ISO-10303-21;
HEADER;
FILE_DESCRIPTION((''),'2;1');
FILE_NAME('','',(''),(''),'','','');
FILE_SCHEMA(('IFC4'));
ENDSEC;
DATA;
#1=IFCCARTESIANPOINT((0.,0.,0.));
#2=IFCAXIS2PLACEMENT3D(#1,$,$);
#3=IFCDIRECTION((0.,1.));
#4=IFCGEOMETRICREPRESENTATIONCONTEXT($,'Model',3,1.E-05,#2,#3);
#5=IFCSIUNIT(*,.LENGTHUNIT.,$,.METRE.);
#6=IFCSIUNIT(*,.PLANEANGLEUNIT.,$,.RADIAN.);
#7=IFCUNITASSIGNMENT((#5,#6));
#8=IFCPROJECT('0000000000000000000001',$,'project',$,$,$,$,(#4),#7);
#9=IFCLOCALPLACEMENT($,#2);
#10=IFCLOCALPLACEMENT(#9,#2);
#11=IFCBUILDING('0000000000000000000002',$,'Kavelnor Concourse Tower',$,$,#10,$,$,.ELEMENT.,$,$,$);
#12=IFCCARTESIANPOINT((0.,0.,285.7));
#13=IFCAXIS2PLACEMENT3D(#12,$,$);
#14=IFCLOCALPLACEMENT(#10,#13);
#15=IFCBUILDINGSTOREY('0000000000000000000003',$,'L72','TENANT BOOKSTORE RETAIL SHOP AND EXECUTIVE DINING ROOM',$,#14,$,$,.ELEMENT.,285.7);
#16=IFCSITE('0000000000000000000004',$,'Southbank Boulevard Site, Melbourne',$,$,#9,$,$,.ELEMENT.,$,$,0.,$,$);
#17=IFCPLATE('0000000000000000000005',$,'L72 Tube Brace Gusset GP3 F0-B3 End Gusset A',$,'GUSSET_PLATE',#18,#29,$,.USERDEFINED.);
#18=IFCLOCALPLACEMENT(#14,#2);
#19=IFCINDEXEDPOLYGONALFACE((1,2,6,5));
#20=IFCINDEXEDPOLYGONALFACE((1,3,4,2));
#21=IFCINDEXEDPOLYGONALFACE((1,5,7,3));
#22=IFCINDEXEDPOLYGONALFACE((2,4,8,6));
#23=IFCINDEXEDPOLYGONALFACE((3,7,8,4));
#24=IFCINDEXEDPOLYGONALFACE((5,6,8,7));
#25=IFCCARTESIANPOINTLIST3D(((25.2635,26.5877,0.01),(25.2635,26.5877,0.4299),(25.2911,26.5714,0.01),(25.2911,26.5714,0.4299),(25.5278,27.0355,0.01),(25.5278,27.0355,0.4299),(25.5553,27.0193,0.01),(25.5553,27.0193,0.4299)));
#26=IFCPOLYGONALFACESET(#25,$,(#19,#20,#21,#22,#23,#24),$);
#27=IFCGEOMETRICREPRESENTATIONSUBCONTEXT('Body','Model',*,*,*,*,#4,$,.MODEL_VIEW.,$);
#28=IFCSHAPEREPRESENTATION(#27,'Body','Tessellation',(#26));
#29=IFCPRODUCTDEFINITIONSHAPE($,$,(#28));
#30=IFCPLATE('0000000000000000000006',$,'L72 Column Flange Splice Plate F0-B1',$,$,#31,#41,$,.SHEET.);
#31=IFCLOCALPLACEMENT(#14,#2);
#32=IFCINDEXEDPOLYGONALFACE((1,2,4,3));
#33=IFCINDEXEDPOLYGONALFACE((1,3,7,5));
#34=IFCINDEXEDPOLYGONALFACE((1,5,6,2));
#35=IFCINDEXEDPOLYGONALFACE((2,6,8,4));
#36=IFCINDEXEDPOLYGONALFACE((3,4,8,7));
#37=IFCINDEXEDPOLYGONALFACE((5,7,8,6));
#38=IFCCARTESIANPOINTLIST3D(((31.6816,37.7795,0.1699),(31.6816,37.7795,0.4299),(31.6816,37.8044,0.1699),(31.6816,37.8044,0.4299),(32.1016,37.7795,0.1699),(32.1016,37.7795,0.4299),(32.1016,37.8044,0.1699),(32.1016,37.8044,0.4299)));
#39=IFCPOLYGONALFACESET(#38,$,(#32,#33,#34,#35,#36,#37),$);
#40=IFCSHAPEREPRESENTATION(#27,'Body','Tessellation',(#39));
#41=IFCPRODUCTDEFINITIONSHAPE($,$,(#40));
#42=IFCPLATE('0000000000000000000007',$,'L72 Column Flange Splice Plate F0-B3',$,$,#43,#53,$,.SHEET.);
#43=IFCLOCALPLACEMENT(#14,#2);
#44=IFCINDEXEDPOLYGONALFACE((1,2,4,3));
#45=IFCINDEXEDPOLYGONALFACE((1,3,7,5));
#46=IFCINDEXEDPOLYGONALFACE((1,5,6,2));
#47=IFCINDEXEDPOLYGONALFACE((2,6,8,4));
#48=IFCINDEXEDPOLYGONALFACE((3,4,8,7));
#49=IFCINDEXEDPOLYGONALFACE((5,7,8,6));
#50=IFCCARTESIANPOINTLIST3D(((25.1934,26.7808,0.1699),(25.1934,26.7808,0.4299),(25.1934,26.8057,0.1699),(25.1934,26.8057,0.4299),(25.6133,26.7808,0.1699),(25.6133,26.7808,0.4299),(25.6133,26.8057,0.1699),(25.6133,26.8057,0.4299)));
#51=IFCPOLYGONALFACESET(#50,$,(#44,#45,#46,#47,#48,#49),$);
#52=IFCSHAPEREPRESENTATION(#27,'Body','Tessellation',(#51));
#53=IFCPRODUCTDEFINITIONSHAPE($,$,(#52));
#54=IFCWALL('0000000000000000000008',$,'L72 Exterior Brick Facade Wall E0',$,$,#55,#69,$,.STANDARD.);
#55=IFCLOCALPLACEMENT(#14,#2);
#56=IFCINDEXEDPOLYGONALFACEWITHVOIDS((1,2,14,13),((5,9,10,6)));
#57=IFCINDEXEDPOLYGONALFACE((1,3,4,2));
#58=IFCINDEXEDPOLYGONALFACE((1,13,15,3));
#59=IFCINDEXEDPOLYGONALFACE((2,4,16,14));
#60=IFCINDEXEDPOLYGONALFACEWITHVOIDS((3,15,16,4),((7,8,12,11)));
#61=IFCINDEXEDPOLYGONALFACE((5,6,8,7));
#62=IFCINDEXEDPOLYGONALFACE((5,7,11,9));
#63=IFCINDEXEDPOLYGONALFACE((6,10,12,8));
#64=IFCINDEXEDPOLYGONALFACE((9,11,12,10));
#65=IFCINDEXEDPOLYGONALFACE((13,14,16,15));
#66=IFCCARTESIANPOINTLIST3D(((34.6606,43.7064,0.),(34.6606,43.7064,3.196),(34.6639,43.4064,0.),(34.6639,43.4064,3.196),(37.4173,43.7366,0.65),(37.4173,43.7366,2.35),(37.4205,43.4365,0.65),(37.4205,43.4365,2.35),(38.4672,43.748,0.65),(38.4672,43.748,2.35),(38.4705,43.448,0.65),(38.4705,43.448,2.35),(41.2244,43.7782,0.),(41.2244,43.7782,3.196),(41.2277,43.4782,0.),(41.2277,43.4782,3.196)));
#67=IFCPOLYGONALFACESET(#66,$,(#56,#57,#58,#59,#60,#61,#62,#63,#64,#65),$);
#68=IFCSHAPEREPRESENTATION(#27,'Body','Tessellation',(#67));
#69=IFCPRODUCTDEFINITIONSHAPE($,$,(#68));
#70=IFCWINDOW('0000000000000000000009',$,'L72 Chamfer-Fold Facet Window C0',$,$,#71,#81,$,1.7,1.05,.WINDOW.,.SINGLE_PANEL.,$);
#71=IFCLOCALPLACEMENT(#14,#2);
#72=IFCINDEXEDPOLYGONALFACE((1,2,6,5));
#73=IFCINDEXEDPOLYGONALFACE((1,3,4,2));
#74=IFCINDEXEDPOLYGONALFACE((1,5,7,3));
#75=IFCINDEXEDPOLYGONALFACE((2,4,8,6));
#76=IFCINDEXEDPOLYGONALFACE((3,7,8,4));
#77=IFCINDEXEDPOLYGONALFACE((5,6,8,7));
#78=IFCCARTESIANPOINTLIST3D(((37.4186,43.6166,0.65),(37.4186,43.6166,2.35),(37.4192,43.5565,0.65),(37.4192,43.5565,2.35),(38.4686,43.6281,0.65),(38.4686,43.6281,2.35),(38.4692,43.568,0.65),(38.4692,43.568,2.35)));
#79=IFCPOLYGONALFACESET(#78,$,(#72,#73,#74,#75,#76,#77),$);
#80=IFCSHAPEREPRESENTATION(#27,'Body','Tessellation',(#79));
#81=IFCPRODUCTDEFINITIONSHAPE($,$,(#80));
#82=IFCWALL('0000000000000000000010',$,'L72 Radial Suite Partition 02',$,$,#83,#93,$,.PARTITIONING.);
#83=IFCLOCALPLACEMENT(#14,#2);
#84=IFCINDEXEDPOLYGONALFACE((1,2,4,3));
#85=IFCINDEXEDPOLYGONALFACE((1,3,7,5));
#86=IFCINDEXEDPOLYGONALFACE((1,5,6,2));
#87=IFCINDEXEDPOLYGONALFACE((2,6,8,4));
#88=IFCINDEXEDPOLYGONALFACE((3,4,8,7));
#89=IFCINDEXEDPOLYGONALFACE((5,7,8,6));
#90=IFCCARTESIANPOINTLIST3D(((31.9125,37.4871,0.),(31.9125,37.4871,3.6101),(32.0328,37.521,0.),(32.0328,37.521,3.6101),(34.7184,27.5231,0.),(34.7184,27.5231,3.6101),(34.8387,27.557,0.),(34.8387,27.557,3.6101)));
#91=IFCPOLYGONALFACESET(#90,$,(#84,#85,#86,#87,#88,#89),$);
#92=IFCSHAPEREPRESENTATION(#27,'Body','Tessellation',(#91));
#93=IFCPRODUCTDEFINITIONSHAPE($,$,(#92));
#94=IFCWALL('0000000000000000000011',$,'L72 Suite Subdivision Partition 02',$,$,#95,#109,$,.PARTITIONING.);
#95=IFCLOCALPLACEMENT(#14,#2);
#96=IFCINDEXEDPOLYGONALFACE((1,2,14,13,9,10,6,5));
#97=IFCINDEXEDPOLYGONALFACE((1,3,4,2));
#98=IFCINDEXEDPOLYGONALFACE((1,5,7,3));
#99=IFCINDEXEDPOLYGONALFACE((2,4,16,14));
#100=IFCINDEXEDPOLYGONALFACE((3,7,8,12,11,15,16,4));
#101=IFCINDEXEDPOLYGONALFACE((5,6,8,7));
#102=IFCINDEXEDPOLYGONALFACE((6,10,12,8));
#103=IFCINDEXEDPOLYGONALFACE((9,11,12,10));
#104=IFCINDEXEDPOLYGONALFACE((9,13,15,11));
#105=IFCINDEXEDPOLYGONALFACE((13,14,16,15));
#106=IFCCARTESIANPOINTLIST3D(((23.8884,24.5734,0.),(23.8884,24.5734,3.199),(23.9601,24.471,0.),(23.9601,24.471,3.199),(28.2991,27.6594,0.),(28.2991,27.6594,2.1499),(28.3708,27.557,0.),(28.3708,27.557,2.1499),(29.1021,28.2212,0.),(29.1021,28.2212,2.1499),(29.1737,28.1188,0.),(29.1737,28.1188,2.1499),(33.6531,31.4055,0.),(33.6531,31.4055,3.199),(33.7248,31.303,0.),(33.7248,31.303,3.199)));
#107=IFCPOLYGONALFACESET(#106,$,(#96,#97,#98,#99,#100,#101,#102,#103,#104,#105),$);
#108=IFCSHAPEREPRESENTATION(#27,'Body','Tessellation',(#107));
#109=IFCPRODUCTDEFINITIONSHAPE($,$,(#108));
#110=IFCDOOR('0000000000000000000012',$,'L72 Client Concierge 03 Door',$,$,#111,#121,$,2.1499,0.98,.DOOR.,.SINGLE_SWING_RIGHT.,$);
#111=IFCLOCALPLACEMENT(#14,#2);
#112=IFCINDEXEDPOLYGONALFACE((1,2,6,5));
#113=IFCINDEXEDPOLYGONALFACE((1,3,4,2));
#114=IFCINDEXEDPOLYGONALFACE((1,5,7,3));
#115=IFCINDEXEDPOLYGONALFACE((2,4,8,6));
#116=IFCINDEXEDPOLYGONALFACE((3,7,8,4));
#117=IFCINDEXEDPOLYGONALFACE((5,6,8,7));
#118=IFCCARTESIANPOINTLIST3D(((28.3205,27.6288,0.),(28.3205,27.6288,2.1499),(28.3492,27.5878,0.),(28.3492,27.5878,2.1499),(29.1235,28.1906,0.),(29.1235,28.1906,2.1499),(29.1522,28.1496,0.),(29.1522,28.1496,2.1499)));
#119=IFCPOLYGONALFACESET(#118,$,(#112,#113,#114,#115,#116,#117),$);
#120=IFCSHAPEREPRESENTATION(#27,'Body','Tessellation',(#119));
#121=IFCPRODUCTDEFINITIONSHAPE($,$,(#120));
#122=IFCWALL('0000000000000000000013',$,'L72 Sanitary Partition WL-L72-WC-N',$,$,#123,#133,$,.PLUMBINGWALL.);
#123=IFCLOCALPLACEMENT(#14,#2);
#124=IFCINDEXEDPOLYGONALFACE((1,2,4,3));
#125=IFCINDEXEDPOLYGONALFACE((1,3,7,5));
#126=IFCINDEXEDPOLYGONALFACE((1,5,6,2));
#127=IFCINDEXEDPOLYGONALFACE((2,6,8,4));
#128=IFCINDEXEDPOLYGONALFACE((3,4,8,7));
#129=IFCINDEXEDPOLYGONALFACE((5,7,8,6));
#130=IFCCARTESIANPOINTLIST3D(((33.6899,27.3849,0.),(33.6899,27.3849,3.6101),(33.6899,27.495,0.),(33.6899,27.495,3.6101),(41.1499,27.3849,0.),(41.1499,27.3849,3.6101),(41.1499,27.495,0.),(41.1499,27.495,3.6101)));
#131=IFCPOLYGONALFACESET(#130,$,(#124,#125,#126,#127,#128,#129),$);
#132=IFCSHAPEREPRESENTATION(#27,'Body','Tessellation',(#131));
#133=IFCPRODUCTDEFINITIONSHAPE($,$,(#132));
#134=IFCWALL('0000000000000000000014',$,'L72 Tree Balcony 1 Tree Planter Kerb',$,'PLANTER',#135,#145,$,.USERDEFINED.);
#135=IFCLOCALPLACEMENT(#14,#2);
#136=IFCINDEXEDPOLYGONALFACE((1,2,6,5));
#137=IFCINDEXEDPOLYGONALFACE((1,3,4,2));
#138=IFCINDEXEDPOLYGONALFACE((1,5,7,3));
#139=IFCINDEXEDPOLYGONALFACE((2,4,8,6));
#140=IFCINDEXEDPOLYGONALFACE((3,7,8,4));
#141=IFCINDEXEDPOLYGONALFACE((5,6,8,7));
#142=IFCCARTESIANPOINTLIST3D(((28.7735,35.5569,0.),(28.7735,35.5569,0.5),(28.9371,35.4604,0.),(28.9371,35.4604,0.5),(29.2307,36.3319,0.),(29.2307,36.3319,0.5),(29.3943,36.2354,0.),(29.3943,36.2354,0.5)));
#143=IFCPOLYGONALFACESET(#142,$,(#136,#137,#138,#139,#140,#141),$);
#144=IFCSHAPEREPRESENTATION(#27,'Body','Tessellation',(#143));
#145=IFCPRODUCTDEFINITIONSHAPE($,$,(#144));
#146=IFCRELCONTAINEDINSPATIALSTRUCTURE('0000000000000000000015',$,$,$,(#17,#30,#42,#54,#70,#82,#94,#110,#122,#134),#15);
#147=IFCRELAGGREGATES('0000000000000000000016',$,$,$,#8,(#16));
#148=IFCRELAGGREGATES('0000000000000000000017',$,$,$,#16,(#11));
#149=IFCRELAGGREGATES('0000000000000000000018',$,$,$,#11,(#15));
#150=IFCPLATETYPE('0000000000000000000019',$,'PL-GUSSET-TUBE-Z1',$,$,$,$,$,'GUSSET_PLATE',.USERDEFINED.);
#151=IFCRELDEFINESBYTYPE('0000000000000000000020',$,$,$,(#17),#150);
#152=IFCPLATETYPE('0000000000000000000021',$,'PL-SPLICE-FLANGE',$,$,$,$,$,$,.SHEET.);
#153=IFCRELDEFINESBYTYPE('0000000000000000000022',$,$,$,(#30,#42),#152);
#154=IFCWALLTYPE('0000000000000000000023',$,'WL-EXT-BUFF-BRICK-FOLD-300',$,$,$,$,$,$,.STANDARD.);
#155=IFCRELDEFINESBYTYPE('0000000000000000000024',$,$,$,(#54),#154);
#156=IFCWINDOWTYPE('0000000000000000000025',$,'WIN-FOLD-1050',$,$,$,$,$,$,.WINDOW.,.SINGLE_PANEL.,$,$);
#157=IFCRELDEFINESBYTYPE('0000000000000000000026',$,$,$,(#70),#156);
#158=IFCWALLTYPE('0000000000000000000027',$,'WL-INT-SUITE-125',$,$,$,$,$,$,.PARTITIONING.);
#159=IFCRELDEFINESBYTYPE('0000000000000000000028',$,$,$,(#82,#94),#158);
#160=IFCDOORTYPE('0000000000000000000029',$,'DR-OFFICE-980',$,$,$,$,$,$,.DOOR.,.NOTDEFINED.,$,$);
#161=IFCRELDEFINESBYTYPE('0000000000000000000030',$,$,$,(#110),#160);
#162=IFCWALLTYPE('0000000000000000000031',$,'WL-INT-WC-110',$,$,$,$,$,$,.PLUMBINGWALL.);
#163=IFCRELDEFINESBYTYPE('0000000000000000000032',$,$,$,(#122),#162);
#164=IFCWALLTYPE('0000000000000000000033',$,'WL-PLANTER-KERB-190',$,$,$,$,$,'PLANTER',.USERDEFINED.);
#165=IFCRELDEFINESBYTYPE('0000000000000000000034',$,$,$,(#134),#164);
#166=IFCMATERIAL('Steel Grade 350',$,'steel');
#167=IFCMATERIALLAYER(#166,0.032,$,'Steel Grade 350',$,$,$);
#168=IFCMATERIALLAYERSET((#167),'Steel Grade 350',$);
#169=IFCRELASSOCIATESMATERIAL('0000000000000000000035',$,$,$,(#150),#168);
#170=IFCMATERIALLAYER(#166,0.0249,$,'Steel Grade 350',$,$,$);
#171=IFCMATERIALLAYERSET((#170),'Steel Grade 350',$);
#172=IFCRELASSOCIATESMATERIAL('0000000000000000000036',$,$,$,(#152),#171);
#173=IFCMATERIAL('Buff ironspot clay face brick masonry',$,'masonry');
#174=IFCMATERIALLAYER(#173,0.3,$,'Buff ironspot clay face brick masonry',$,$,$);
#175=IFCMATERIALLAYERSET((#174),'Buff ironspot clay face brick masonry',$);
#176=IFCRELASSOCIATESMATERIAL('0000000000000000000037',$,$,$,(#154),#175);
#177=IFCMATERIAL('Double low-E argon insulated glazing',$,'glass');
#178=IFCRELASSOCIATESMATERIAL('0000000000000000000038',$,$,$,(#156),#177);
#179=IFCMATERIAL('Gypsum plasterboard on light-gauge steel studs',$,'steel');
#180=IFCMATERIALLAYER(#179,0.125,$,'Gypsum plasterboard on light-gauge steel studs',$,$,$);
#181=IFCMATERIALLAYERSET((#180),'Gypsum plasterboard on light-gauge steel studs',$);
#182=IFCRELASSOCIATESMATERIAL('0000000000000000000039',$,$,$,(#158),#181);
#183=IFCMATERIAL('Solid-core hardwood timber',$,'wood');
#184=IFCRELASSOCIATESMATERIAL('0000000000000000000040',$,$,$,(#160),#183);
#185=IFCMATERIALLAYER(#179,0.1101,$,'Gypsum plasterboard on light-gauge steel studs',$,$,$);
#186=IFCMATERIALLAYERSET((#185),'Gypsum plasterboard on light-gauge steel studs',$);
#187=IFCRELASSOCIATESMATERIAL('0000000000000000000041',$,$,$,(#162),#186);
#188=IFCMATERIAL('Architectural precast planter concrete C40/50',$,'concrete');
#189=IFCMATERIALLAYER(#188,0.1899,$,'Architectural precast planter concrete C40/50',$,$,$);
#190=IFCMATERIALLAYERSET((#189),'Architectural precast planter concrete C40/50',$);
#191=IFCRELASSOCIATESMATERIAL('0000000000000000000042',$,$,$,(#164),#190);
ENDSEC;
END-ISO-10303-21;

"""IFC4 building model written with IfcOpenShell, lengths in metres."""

from ifc_helpers import new_model, si_unit, direction, frame, frame_2d, origin, origin_2d, place, context, subcontext, project, spatial, rectangle, extrude, material, layer, layer_set, type_object, element, fill, save


model = new_model("IFC4")

# Units and contexts
model_context = context("Model", 3, precision=1e-05, world=origin(), true_north=direction((0.0, 1.0)))
body_context = subcontext(model_context, "Body", "Model", "MODEL_VIEW")
ifc_project = project(units=[si_unit("LENGTHUNIT", "METRE"), si_unit("PLANEANGLEUNIT", "RADIAN")], contexts=[model_context])

# Site, building, storey
site_placement = place(None, origin())
site = spatial("IfcSite", under=ifc_project, at=site_placement, Name="Southbank Boulevard Site, Melbourne", CompositionType="ELEMENT", RefElevation=0.0)
building_placement = place(site_placement, origin())
building = spatial("IfcBuilding", under=site, at=building_placement, Name="Kavelnor Concourse Tower", CompositionType="ELEMENT")
storey_placement = place(building_placement, frame((0.0, 0.0, 285.7)))
storey = spatial("IfcBuildingStorey", under=building, at=storey_placement, Name="L72", Description="TENANT BOOKSTORE RETAIL SHOP AND EXECUTIVE DINING ROOM", CompositionType="ELEMENT", Elevation=285.7)

# Shared definitions
ifc_material_1 = material(Name="Steel Grade 350", Category="steel")

# Plates
ifc_layer_1 = layer(ifc_material_1, 0.032, Name="Steel Grade 350")
ifc_layer_set_1 = layer_set([ifc_layer_1], Name="Steel Grade 350")
plate_type_1 = type_object("IfcPlateType", Name="PL-GUSSET-TUBE-Z1", ElementType="GUSSET_PLATE", PredefinedType="USERDEFINED", material=ifc_layer_set_1)
plate_placement = place(storey_placement, frame((25.4094, 26.8035, 0.01), z_axis=(0.0, 0.0, 1.0), x_axis=(-0.50814, -0.861275, 0.0)))
element("IfcPlate", 1, at=plate_placement, inside=storey, type_object=plate_type_1, Name="L72 Tube Brace Gusset GP3 F0-B3 End Gusset A", ObjectType="GUSSET_PLATE", PredefinedType="USERDEFINED", context=body_context, shape_type="SweptSolid", body=[
    extrude(rectangle(XDim=0.52, YDim=0.032, at=origin_2d()), origin(), (0.0, 0.0, 1.0), 0.4199),
])
ifc_layer_2 = layer(ifc_material_1, 0.0249, Name="Steel Grade 350")
ifc_layer_set_2 = layer_set([ifc_layer_2], Name="Steel Grade 350")
plate_type_2 = type_object("IfcPlateType", Name="PL-SPLICE-FLANGE", PredefinedType="SHEET", material=ifc_layer_set_2)
for number, where, z_axis, x_axis, name in (
    (2, (31.8916, 37.792, 0.1699), (0.0, 0.0, 1.0), (1.0, 0.0, 0.0), "L72 Column Flange Splice Plate F0-B1"),
    (3, (25.4033, 26.7932, 0.1699), (0.0, 0.0, 1.0), (1.0, 0.0, 0.0), "L72 Column Flange Splice Plate F0-B3"),
):
    element("IfcPlate", number, at=place(storey_placement, frame(where, z_axis=z_axis, x_axis=x_axis)), inside=storey, type_object=plate_type_2, Name=name, PredefinedType="SHEET", context=body_context, shape_type="SweptSolid", body=[
        extrude(rectangle(XDim=0.4199, YDim=0.0249, at=origin_2d()), origin(), (0.0, 0.0, 1.0), 0.26),
    ])

# Wall, opening, window
ifc_material_2 = material(Name="Buff ironspot clay face brick masonry", Category="masonry")
ifc_layer_3 = layer(ifc_material_2, 0.3, Name="Buff ironspot clay face brick masonry")
ifc_layer_set_3 = layer_set([ifc_layer_3], Name="Buff ironspot clay face brick masonry")
wall_type_1 = type_object("IfcWallType", Name="WL-EXT-BUFF-BRICK-FOLD-300", PredefinedType="STANDARD", material=ifc_layer_set_3)
wall_1_placement = place(storey_placement, frame((34.6621, 43.5564, 0.0), z_axis=(0.0, 0.0, 1.0), x_axis=(0.99994, 0.010935, 0.0)))
wall_1 = element("IfcWall", 4, at=wall_1_placement, inside=storey, type_object=wall_type_1, Name="L72 Exterior Brick Facade Wall E0", PredefinedType="STANDARD", context=body_context, shape_type="SweptSolid", body=[
    extrude(rectangle(XDim=6.5642, YDim=0.3, at=frame_2d((3.2822, 0.0))), origin(), (0.0, 0.0, 1.0), 3.196),
])
opening_1_placement = place(wall_1_placement, frame((2.7571, 0.0, 0.6499)))
opening_1 = element("IfcOpeningElement", 5, at=opening_1_placement, cuts=wall_1, PredefinedType="OPENING", context=body_context, shape_type="SweptSolid", body=[
    extrude(rectangle(XDim=1.05, YDim=1.7, at=frame_2d((0.5249, 0.8501))), frame((0.0, 0.1602, 0.0), z_axis=(0.0, -1.0, 0.0), x_axis=(1.0, 0.0, 0.0)), (0.0, 0.0, 1.0), 0.3201),
])
ifc_material_3 = material(Name="Double low-E argon insulated glazing", Category="glass")
window_type = type_object("IfcWindowType", Name="WIN-FOLD-1050", PartitioningType="SINGLE_PANEL", PredefinedType="WINDOW", material=ifc_material_3)
window_placement = place(opening_1_placement, origin())
window = element("IfcWindow", 6, at=window_placement, inside=storey, type_object=window_type, Name="L72 Chamfer-Fold Facet Window C0", OverallHeight=1.7, OverallWidth=1.05, PartitioningType="SINGLE_PANEL", PredefinedType="WINDOW", context=body_context, shape_type="SweptSolid", body=[
    extrude(rectangle(XDim=1.05, YDim=1.7, at=frame_2d((0.5249, 0.8501))), frame((0.0, 0.03, 0.0), z_axis=(0.0, -1.0, 0.0), x_axis=(1.0, 0.0, 0.0)), (0.0, 0.0, 1.0), 0.0601),
])
fill(opening_1, window)

# Wall
ifc_material_4 = material(Name="Gypsum plasterboard on light-gauge steel studs", Category="steel")
ifc_layer_4 = layer(ifc_material_4, 0.125, Name="Gypsum plasterboard on light-gauge steel studs")
ifc_layer_set_4 = layer_set([ifc_layer_4], Name="Gypsum plasterboard on light-gauge steel studs")
wall_type_2 = type_object("IfcWallType", Name="WL-INT-SUITE-125", PredefinedType="PARTITIONING", material=ifc_layer_set_4)
wall_2_placement = place(storey_placement, frame((34.7786, 27.54, 0.0), z_axis=(0.0, 0.0, 1.0), x_axis=(-0.271059, 0.962563, 0.0)))
element("IfcWall", 7, at=wall_2_placement, inside=storey, type_object=wall_type_2, Name="L72 Radial Suite Partition 02", PredefinedType="PARTITIONING", context=body_context, shape_type="SweptSolid", body=[
    extrude(rectangle(XDim=10.3516, YDim=0.125, at=frame_2d((5.1758, 0.0))), origin(), (0.0, 0.0, 1.0), 3.6101),
])

# Wall, opening, door
wall_3_placement = place(storey_placement, frame((33.689, 31.3542, 0.0), z_axis=(0.0, 0.0, 1.0), x_axis=(-0.819359, -0.573281, 0.0)))
wall_3 = element("IfcWall", 8, at=wall_3_placement, inside=storey, type_object=wall_type_2, Name="L72 Suite Subdivision Partition 02", PredefinedType="PARTITIONING", context=body_context, shape_type="SweptSolid", body=[
    extrude(rectangle(XDim=11.9175, YDim=0.125, at=frame_2d((5.9587, 0.0))), origin(), (0.0, 0.0, 1.0), 3.199),
])
opening_2_placement = place(wall_3_placement, frame((5.5544, 0.0, 0.0)))
opening_2 = element("IfcOpeningElement", 9, at=opening_2_placement, cuts=wall_3, PredefinedType="OPENING", context=body_context, shape_type="SweptSolid", body=[
    extrude(rectangle(XDim=0.98, YDim=2.1499, at=frame_2d((0.49, 1.075))), frame((0.0, 0.0725, 0.0), z_axis=(0.0, -1.0, 0.0), x_axis=(1.0, 0.0, 0.0)), (0.0, 0.0, 1.0), 0.145),
])
ifc_material_5 = material(Name="Solid-core hardwood timber", Category="wood")
door_type = type_object("IfcDoorType", Name="DR-OFFICE-980", OperationType="NOTDEFINED", PredefinedType="DOOR", material=ifc_material_5)
door_placement = place(opening_2_placement, origin())
door = element("IfcDoor", 10, at=door_placement, inside=storey, type_object=door_type, Name="L72 Client Concierge 03 Door", OperationType="SINGLE_SWING_RIGHT", OverallHeight=2.1499, OverallWidth=0.98, PredefinedType="DOOR", context=body_context, shape_type="SweptSolid", body=[
    extrude(rectangle(XDim=0.98, YDim=2.1499, at=frame_2d((0.49, 1.075))), frame((0.0, 0.0249, 0.0), z_axis=(0.0, -1.0, 0.0), x_axis=(1.0, 0.0, 0.0)), (0.0, 0.0, 1.0), 0.05),
])
fill(opening_2, door)

# Walls
ifc_layer_5 = layer(ifc_material_4, 0.1101, Name="Gypsum plasterboard on light-gauge steel studs")
ifc_layer_set_5 = layer_set([ifc_layer_5], Name="Gypsum plasterboard on light-gauge steel studs")
wall_type_3 = type_object("IfcWallType", Name="WL-INT-WC-110", PredefinedType="PLUMBINGWALL", material=ifc_layer_set_5)
wall_4_placement = place(storey_placement, frame((33.6899, 27.4399, 0.0), z_axis=(0.0, 0.0, 1.0), x_axis=(1.0, 0.0, 0.0)))
element("IfcWall", 11, at=wall_4_placement, inside=storey, type_object=wall_type_3, Name="L72 Sanitary Partition WL-L72-WC-N", PredefinedType="PLUMBINGWALL", context=body_context, shape_type="SweptSolid", body=[
    extrude(rectangle(XDim=7.46, YDim=0.1101, at=frame_2d((3.73, 0.0))), origin(), (0.0, 0.0, 1.0), 3.6101),
])
ifc_material_6 = material(Name="Architectural precast planter concrete C40/50", Category="concrete")
ifc_layer_6 = layer(ifc_material_6, 0.1899, Name="Architectural precast planter concrete C40/50")
ifc_layer_set_6 = layer_set([ifc_layer_6], Name="Architectural precast planter concrete C40/50")
wall_type_4 = type_object("IfcWallType", Name="WL-PLANTER-KERB-190", ElementType="PLANTER", PredefinedType="USERDEFINED", material=ifc_layer_set_6)
wall_5_placement = place(storey_placement, frame((29.3125, 36.2837, 0.0), z_axis=(0.0, 0.0, 1.0), x_axis=(-0.508099, -0.861299, 0.0)))
element("IfcWall", 12, at=wall_5_placement, inside=storey, type_object=wall_type_4, Name="L72 Tree Balcony 1 Tree Planter Kerb", ObjectType="PLANTER", PredefinedType="USERDEFINED", context=body_context, shape_type="SweptSolid", body=[
    extrude(rectangle(XDim=0.8999, YDim=0.1899, at=frame_2d((0.45, 0.0))), origin(), (0.0, 0.0, 1.0), 0.5),
])

save(model, "model.ifc")
